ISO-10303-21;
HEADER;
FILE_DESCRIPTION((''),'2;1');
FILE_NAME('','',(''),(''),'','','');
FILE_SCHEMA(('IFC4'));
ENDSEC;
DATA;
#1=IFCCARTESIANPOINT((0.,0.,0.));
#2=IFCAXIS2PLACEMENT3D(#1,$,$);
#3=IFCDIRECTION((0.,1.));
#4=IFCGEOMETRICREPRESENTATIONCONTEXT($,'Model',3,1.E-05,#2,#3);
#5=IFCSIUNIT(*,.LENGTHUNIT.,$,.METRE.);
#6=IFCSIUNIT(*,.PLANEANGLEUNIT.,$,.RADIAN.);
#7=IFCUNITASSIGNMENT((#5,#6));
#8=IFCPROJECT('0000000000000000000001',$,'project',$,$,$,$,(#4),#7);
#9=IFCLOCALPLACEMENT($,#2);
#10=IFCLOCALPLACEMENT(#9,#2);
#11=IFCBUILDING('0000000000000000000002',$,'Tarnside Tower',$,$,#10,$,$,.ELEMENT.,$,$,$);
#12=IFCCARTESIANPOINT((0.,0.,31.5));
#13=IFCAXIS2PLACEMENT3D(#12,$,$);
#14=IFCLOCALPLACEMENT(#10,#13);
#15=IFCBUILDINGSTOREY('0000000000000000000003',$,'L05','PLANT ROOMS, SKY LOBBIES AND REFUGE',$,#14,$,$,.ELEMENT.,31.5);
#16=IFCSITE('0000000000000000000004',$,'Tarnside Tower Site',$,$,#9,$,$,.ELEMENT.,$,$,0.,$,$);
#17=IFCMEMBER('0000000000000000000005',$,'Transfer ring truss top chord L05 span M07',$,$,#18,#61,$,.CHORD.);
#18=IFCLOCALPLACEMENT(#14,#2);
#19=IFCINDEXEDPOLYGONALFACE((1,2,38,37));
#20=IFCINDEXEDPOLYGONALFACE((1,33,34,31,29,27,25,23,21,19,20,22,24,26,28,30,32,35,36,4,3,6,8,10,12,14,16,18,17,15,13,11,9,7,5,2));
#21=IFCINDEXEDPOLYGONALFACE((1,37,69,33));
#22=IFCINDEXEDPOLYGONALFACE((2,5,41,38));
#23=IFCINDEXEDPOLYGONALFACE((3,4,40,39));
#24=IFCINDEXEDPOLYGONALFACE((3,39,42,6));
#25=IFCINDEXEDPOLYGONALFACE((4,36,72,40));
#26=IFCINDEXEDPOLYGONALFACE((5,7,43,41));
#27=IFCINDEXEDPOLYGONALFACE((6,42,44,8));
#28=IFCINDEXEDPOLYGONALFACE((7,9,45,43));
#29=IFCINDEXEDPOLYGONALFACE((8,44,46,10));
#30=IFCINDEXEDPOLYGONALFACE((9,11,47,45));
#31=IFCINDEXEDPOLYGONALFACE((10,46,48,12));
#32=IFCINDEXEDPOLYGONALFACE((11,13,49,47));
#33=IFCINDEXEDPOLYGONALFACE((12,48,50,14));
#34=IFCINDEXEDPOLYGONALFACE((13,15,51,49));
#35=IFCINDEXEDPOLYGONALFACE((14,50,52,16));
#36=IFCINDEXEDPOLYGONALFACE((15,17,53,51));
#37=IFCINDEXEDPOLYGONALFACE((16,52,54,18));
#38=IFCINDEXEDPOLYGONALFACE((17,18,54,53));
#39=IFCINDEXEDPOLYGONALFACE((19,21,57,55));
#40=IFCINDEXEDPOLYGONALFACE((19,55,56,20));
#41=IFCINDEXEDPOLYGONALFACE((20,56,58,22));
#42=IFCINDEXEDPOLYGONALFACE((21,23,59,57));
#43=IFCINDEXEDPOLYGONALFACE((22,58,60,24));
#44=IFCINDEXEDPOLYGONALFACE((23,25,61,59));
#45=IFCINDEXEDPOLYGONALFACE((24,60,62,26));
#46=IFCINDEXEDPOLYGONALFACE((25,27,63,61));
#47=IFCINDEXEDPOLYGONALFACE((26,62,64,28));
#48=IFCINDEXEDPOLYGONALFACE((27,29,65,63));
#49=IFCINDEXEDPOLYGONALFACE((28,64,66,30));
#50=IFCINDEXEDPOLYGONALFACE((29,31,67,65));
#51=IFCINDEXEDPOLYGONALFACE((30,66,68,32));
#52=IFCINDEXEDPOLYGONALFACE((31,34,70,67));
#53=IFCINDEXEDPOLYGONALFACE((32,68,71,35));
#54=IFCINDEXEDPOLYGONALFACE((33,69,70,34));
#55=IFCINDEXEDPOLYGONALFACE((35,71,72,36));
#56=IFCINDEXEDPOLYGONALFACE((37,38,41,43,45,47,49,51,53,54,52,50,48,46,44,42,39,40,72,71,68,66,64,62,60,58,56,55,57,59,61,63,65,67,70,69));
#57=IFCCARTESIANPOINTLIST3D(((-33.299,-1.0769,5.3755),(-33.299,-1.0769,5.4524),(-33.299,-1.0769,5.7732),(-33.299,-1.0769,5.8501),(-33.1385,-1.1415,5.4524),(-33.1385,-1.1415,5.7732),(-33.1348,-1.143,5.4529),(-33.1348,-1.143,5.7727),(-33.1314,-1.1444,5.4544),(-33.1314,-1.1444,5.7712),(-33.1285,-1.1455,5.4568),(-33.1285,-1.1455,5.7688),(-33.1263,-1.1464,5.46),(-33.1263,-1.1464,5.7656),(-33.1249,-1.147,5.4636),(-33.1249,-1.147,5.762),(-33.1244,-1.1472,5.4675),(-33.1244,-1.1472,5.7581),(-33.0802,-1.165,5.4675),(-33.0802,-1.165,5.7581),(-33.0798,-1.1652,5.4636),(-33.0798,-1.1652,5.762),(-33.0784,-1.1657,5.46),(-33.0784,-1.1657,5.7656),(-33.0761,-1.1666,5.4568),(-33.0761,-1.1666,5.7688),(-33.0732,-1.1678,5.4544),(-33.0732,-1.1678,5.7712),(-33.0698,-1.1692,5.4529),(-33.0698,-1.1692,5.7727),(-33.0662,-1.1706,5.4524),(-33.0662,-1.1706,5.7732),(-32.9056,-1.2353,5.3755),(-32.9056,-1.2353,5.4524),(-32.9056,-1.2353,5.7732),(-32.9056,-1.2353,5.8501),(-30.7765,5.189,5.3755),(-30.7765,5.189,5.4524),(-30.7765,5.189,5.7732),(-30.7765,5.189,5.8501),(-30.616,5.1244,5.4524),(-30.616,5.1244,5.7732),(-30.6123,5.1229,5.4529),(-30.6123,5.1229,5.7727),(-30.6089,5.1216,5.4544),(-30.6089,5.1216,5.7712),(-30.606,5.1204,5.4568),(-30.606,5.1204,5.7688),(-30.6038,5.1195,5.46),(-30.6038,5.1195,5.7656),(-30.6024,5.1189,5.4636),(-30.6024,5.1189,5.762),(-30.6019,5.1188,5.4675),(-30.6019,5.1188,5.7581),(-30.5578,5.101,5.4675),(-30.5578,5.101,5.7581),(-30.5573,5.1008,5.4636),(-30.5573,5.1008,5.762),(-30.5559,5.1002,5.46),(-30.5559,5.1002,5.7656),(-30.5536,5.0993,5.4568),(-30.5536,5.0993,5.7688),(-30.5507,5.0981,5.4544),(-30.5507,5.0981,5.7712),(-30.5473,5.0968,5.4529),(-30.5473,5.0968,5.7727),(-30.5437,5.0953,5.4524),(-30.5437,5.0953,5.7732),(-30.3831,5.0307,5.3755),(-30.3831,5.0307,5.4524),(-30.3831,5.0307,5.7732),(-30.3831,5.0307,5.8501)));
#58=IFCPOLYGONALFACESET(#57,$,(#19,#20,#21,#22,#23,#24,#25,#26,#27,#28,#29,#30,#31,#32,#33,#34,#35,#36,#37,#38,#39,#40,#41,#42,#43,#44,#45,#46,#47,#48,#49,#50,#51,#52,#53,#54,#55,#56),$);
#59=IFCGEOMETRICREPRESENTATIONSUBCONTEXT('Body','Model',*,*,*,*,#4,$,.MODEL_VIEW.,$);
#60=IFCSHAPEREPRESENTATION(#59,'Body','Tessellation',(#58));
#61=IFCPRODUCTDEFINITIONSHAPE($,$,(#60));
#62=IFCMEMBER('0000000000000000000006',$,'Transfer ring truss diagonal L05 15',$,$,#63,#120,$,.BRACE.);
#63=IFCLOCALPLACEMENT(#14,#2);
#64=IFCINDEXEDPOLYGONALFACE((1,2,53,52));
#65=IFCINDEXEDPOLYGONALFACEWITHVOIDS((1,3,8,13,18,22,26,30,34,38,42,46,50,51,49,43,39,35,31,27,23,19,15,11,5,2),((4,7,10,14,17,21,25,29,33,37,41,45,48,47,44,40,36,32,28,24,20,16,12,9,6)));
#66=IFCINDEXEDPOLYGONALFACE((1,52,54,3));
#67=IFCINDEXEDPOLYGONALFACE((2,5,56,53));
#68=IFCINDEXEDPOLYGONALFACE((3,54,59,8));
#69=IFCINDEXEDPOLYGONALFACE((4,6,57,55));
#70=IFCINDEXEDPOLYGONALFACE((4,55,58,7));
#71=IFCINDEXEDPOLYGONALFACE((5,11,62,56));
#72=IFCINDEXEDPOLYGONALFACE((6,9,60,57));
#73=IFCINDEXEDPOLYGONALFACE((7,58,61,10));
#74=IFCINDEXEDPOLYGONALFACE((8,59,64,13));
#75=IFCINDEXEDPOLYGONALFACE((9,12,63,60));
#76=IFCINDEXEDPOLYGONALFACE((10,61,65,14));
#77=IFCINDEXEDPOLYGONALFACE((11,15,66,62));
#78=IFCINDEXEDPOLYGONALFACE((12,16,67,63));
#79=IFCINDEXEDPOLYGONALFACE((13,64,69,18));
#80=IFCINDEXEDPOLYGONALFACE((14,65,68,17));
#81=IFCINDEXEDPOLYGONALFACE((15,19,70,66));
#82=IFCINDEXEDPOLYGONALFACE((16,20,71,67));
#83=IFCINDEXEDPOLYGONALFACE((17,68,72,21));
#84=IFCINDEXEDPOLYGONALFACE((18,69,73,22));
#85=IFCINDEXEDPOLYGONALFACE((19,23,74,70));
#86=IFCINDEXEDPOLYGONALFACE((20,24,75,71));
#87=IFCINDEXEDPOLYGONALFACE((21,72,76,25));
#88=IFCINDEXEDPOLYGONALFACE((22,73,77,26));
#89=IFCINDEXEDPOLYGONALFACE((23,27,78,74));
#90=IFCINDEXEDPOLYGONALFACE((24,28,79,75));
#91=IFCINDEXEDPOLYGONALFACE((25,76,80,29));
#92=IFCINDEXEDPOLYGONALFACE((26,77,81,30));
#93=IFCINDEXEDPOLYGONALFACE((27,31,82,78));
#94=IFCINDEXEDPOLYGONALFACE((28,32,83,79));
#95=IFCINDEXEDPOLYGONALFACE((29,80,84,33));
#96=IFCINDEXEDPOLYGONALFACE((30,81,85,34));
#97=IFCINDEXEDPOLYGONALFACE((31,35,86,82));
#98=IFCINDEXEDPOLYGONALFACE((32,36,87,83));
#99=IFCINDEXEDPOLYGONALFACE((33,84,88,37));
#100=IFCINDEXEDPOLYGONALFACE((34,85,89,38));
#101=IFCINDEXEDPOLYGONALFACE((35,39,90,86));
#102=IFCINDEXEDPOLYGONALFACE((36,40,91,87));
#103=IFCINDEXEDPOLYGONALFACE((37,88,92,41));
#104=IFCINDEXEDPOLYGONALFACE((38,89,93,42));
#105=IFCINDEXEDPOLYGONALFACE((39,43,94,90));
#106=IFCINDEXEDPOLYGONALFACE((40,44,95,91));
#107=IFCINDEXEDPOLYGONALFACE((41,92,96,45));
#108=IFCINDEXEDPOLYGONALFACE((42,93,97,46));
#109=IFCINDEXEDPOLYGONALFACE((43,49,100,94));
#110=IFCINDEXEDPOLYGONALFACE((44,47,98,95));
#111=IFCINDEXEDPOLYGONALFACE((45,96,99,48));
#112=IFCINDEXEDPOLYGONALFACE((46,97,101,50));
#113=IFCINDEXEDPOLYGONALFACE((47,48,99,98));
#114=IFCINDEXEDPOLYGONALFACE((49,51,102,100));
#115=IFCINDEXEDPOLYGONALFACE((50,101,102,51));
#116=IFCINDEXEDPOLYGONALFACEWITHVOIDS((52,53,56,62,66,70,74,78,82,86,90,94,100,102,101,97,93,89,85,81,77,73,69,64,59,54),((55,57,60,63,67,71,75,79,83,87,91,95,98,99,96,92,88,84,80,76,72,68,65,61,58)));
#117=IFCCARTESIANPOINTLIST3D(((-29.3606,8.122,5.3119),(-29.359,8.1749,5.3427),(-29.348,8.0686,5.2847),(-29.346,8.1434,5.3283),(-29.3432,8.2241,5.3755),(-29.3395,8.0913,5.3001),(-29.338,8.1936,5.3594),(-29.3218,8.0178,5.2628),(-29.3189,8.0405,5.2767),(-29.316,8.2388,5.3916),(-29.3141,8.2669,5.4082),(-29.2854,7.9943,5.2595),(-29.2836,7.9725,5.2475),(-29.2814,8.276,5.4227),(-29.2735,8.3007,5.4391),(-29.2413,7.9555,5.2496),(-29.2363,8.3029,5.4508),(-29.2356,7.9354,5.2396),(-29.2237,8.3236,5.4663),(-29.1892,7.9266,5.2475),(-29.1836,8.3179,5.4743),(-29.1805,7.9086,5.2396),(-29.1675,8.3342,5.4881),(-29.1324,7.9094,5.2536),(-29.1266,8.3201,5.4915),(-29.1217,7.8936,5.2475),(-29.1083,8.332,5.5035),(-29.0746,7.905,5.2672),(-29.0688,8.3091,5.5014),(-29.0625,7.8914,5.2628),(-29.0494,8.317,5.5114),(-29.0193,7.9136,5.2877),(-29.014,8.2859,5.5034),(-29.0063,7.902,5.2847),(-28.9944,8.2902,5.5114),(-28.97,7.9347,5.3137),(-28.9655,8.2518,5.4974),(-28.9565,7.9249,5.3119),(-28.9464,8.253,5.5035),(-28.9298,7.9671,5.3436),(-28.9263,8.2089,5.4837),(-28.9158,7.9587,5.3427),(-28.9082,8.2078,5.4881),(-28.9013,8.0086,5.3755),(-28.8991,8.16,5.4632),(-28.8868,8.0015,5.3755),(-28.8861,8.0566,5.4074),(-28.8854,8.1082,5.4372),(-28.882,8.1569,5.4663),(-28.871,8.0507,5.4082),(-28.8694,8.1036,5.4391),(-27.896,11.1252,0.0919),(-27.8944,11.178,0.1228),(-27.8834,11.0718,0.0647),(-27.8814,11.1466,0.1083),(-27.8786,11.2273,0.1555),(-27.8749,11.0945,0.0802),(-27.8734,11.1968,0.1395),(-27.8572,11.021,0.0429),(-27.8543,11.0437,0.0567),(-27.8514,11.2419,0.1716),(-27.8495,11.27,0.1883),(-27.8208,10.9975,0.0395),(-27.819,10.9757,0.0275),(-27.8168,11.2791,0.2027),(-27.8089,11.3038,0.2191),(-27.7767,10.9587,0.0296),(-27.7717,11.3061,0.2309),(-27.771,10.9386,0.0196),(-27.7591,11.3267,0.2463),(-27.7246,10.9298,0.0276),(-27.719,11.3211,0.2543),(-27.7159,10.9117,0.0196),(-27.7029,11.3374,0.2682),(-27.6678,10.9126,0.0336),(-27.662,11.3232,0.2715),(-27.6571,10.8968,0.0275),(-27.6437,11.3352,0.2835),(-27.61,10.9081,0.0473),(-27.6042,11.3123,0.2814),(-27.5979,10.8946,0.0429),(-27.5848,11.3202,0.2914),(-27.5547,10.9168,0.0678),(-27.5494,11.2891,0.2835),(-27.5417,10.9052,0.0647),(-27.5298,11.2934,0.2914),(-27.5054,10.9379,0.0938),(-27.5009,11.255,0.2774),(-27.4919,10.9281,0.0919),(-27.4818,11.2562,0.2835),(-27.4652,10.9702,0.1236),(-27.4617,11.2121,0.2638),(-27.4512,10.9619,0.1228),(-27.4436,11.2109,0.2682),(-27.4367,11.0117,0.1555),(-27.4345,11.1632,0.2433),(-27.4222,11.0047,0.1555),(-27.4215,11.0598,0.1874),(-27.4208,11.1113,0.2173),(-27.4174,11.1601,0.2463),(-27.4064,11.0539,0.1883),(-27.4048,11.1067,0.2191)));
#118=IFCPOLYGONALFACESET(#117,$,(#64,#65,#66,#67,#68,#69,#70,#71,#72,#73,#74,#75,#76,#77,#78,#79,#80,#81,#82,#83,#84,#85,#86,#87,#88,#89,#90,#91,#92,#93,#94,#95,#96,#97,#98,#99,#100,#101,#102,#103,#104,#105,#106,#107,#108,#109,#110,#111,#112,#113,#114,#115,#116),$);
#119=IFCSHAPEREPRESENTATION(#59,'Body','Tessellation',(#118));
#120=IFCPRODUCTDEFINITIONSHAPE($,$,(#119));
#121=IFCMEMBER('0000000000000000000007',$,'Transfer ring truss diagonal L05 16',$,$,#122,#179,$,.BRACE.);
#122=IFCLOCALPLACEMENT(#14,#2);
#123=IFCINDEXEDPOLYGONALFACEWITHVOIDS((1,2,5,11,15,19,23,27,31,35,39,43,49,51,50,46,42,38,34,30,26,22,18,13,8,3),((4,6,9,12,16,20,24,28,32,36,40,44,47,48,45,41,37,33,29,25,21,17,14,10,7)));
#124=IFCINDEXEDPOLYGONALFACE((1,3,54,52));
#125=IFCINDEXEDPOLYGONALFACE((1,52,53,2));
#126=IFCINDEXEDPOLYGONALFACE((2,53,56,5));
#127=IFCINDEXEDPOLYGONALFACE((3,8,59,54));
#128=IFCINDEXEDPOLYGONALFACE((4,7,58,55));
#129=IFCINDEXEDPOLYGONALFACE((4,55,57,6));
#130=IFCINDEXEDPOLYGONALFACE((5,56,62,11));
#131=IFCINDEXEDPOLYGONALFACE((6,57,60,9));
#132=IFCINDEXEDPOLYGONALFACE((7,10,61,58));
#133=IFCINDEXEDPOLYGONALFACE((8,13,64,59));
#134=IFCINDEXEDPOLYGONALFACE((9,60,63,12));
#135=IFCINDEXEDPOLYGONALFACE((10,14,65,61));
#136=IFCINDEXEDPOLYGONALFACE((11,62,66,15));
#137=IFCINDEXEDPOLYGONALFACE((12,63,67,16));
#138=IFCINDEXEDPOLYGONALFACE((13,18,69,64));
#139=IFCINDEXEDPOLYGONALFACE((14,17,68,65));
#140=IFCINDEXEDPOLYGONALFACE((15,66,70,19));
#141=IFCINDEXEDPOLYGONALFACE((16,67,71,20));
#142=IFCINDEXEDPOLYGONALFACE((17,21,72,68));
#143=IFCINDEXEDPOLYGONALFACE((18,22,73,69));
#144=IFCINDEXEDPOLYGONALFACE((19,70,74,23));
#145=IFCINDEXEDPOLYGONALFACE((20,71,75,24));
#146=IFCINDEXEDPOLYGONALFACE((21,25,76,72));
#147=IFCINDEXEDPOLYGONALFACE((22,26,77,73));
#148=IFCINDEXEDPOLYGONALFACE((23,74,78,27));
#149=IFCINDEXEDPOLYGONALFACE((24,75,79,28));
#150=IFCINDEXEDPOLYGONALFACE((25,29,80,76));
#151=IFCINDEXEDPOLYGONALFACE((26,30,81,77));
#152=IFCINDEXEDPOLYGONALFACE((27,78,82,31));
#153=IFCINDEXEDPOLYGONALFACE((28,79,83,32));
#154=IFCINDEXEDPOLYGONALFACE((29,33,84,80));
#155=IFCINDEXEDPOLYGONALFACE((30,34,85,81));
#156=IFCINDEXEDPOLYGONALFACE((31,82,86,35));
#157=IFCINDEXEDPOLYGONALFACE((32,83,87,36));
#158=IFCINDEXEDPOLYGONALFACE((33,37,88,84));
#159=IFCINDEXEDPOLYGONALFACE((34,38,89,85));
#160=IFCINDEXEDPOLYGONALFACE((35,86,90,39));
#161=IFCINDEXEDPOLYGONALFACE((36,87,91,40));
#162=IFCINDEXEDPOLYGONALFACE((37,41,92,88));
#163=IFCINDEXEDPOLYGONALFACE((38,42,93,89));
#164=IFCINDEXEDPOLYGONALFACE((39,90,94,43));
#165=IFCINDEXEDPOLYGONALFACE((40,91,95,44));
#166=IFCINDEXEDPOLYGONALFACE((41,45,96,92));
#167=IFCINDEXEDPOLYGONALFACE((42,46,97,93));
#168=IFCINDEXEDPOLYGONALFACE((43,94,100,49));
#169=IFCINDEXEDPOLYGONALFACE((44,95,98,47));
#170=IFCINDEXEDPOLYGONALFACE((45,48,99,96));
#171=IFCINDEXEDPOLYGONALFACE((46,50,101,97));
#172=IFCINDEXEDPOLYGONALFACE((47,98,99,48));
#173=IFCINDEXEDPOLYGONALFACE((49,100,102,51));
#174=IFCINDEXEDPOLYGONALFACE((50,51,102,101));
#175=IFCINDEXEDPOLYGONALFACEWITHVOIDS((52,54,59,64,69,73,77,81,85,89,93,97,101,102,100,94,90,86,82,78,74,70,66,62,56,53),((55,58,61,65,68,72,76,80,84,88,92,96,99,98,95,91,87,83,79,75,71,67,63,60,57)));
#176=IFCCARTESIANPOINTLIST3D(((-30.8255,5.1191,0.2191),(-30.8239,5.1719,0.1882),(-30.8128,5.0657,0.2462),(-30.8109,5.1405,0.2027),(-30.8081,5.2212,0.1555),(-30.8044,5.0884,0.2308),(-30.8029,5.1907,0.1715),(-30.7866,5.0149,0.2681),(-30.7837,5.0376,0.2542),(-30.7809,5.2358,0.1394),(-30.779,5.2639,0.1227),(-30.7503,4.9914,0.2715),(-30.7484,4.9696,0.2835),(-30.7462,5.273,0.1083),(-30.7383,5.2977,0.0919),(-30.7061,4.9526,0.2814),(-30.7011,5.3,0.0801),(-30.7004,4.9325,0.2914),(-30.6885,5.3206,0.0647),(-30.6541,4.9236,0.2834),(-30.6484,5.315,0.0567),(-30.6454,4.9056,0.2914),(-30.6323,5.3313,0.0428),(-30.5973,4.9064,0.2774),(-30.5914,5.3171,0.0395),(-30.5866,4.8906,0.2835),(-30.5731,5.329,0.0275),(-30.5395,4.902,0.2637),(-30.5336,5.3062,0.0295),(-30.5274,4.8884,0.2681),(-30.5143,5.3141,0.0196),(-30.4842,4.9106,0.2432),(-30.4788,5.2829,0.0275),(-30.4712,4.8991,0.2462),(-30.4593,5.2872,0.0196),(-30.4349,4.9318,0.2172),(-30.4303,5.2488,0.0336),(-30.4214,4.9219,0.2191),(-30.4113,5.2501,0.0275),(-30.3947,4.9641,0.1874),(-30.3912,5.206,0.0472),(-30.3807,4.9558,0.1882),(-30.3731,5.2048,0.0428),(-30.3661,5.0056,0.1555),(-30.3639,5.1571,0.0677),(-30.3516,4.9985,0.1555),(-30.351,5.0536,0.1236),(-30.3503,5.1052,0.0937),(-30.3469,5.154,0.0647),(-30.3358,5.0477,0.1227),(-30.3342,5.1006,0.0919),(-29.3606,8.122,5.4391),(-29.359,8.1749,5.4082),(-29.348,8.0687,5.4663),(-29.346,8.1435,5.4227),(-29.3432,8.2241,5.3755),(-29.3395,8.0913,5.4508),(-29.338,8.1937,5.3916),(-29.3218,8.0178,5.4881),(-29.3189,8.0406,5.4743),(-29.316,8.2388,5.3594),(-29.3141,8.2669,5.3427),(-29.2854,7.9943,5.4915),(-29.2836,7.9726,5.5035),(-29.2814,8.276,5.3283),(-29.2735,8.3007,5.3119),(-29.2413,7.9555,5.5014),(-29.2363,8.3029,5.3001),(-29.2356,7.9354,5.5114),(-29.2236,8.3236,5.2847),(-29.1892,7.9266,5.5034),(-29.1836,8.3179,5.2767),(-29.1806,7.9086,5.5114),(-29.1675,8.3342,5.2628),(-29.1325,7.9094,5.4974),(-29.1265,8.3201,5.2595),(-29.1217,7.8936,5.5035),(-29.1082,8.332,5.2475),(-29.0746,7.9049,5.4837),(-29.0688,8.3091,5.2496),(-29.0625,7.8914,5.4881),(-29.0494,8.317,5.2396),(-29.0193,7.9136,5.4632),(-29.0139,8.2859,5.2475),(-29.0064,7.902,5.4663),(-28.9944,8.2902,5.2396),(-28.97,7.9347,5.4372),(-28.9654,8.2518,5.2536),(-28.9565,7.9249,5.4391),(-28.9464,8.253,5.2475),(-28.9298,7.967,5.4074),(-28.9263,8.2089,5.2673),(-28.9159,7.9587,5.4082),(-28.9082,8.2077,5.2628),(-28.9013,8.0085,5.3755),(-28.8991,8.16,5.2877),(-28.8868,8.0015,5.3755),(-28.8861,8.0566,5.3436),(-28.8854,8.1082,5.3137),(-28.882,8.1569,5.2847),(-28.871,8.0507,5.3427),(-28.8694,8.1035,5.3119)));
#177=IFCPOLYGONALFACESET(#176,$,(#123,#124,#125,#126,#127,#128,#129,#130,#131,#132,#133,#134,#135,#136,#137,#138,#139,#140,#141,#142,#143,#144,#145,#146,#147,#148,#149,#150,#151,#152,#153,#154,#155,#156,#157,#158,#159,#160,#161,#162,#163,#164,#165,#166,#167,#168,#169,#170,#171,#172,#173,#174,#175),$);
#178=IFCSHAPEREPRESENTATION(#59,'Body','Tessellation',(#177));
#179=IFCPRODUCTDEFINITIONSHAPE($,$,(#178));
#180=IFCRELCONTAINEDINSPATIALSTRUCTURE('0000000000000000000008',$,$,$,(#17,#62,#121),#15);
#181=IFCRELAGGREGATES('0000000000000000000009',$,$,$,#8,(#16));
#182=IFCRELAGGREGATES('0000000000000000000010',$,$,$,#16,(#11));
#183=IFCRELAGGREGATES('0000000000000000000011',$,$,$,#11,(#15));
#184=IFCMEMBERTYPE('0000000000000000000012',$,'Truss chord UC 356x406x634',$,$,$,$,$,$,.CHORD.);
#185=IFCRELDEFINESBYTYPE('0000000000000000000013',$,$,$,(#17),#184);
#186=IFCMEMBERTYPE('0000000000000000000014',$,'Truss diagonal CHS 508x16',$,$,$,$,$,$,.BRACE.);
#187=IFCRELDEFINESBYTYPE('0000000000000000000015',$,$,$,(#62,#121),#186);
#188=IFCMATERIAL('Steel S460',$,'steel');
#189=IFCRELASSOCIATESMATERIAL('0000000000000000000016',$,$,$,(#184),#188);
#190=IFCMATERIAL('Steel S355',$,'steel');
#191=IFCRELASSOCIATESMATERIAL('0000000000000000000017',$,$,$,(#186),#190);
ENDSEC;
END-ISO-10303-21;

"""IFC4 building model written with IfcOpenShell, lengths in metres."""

from ifc_helpers import new_model, si_unit, direction, frame, origin, origin_2d, place, context, subcontext, project, spatial, hollow_circle, i_section, extrude, material, material_profile, profile_set, type_object, element, save


model = new_model("IFC4")

# Units and contexts
model_context = context("Model", 3, precision=1e-05, world=origin(), true_north=direction((0.0, 1.0)))
body_context = subcontext(model_context, "Body", "Model", "MODEL_VIEW")
ifc_project = project(units=[si_unit("LENGTHUNIT", "METRE"), si_unit("PLANEANGLEUNIT", "RADIAN")], contexts=[model_context])

# Site, building, storey
site_placement = place(None, origin())
site = spatial("IfcSite", under=ifc_project, at=site_placement, Name="Tarnside Tower Site", CompositionType="ELEMENT", RefElevation=0.0)
building_placement = place(site_placement, origin())
building = spatial("IfcBuilding", under=site, at=building_placement, Name="Tarnside Tower", CompositionType="ELEMENT")
storey_placement = place(building_placement, frame((0.0, 0.0, 31.5)))
storey = spatial("IfcBuildingStorey", under=building, at=storey_placement, Name="L05", Description="PLANT ROOMS, SKY LOBBIES AND REFUGE", CompositionType="ELEMENT", Elevation=31.5)

# Shared definitions
ifc_material_1 = material(Name="Steel S355", Category="steel")

# Members
ifc_material_2 = material(Name="Steel S460", Category="steel")
ifc_material_profile_1 = material_profile(ifc_material_2, i_section(OverallWidth=0.4241, OverallDepth=0.4746, WebThickness=0.0476, FlangeThickness=0.0769, FilletRadius=0.0151, at=origin_2d()), Name="UC 356x406x634")
ifc_profile_set_1 = profile_set([ifc_material_profile_1], Name="Steel S460")
member_type_1 = type_object("IfcMemberType", Name="Truss chord UC 356x406x634", PredefinedType="CHORD", material=ifc_profile_set_1)
member_1_placement = place(storey_placement, frame((-30.5798, 5.1099, 5.6128), z_axis=(-0.373446, -0.927652, 0.0), x_axis=(0.927652, -0.373446, 0.0)))
element("IfcMember", 1, at=member_1_placement, inside=storey, type_object=member_type_1, Name="Transfer ring truss top chord L05 span M07", PredefinedType="CHORD", context=body_context, shape_type="SweptSolid", body=[
    extrude(i_section(OverallWidth=0.4241, OverallDepth=0.4746, WebThickness=0.0476, FlangeThickness=0.0769, FilletRadius=0.0151, at=origin_2d()), origin(), (0.0, 0.0, 1.0), 6.7546),
])
ifc_material_profile_2 = material_profile(ifc_material_1, hollow_circle(Radius=0.2539, WallThickness=0.0161, at=origin_2d()), Name="CHS 508x16")
ifc_profile_set_2 = profile_set([ifc_material_profile_2], Name="Steel S355")
member_type_2 = type_object("IfcMemberType", Name="Truss diagonal CHS 508x16", PredefinedType="BRACE", material=ifc_profile_set_2)
for number, where, z_axis, x_axis, name in (
    (2, (-27.6504, 11.116, 0.1555), (-0.236311, -0.484558, 0.842235), (0.898811, -0.438336, 0.0), "Transfer ring truss diagonal L05 15"),
    (3, (-29.115, 8.1128, 5.3755), (-0.236353, -0.484523, -0.842244), (0.898768, -0.438424, 0.0), "Transfer ring truss diagonal L05 16"),
):
    element("IfcMember", number, at=place(storey_placement, frame(where, z_axis=z_axis, x_axis=x_axis)), inside=storey, type_object=member_type_2, Name=name, PredefinedType="BRACE", context=body_context, shape_type="SweptSolid", body=[
        extrude(hollow_circle(Radius=0.2539, WallThickness=0.0161, at=origin_2d()), origin(), (0.0, 0.0, 1.0), 6.1978),
    ])

save(model, "model.ifc")
